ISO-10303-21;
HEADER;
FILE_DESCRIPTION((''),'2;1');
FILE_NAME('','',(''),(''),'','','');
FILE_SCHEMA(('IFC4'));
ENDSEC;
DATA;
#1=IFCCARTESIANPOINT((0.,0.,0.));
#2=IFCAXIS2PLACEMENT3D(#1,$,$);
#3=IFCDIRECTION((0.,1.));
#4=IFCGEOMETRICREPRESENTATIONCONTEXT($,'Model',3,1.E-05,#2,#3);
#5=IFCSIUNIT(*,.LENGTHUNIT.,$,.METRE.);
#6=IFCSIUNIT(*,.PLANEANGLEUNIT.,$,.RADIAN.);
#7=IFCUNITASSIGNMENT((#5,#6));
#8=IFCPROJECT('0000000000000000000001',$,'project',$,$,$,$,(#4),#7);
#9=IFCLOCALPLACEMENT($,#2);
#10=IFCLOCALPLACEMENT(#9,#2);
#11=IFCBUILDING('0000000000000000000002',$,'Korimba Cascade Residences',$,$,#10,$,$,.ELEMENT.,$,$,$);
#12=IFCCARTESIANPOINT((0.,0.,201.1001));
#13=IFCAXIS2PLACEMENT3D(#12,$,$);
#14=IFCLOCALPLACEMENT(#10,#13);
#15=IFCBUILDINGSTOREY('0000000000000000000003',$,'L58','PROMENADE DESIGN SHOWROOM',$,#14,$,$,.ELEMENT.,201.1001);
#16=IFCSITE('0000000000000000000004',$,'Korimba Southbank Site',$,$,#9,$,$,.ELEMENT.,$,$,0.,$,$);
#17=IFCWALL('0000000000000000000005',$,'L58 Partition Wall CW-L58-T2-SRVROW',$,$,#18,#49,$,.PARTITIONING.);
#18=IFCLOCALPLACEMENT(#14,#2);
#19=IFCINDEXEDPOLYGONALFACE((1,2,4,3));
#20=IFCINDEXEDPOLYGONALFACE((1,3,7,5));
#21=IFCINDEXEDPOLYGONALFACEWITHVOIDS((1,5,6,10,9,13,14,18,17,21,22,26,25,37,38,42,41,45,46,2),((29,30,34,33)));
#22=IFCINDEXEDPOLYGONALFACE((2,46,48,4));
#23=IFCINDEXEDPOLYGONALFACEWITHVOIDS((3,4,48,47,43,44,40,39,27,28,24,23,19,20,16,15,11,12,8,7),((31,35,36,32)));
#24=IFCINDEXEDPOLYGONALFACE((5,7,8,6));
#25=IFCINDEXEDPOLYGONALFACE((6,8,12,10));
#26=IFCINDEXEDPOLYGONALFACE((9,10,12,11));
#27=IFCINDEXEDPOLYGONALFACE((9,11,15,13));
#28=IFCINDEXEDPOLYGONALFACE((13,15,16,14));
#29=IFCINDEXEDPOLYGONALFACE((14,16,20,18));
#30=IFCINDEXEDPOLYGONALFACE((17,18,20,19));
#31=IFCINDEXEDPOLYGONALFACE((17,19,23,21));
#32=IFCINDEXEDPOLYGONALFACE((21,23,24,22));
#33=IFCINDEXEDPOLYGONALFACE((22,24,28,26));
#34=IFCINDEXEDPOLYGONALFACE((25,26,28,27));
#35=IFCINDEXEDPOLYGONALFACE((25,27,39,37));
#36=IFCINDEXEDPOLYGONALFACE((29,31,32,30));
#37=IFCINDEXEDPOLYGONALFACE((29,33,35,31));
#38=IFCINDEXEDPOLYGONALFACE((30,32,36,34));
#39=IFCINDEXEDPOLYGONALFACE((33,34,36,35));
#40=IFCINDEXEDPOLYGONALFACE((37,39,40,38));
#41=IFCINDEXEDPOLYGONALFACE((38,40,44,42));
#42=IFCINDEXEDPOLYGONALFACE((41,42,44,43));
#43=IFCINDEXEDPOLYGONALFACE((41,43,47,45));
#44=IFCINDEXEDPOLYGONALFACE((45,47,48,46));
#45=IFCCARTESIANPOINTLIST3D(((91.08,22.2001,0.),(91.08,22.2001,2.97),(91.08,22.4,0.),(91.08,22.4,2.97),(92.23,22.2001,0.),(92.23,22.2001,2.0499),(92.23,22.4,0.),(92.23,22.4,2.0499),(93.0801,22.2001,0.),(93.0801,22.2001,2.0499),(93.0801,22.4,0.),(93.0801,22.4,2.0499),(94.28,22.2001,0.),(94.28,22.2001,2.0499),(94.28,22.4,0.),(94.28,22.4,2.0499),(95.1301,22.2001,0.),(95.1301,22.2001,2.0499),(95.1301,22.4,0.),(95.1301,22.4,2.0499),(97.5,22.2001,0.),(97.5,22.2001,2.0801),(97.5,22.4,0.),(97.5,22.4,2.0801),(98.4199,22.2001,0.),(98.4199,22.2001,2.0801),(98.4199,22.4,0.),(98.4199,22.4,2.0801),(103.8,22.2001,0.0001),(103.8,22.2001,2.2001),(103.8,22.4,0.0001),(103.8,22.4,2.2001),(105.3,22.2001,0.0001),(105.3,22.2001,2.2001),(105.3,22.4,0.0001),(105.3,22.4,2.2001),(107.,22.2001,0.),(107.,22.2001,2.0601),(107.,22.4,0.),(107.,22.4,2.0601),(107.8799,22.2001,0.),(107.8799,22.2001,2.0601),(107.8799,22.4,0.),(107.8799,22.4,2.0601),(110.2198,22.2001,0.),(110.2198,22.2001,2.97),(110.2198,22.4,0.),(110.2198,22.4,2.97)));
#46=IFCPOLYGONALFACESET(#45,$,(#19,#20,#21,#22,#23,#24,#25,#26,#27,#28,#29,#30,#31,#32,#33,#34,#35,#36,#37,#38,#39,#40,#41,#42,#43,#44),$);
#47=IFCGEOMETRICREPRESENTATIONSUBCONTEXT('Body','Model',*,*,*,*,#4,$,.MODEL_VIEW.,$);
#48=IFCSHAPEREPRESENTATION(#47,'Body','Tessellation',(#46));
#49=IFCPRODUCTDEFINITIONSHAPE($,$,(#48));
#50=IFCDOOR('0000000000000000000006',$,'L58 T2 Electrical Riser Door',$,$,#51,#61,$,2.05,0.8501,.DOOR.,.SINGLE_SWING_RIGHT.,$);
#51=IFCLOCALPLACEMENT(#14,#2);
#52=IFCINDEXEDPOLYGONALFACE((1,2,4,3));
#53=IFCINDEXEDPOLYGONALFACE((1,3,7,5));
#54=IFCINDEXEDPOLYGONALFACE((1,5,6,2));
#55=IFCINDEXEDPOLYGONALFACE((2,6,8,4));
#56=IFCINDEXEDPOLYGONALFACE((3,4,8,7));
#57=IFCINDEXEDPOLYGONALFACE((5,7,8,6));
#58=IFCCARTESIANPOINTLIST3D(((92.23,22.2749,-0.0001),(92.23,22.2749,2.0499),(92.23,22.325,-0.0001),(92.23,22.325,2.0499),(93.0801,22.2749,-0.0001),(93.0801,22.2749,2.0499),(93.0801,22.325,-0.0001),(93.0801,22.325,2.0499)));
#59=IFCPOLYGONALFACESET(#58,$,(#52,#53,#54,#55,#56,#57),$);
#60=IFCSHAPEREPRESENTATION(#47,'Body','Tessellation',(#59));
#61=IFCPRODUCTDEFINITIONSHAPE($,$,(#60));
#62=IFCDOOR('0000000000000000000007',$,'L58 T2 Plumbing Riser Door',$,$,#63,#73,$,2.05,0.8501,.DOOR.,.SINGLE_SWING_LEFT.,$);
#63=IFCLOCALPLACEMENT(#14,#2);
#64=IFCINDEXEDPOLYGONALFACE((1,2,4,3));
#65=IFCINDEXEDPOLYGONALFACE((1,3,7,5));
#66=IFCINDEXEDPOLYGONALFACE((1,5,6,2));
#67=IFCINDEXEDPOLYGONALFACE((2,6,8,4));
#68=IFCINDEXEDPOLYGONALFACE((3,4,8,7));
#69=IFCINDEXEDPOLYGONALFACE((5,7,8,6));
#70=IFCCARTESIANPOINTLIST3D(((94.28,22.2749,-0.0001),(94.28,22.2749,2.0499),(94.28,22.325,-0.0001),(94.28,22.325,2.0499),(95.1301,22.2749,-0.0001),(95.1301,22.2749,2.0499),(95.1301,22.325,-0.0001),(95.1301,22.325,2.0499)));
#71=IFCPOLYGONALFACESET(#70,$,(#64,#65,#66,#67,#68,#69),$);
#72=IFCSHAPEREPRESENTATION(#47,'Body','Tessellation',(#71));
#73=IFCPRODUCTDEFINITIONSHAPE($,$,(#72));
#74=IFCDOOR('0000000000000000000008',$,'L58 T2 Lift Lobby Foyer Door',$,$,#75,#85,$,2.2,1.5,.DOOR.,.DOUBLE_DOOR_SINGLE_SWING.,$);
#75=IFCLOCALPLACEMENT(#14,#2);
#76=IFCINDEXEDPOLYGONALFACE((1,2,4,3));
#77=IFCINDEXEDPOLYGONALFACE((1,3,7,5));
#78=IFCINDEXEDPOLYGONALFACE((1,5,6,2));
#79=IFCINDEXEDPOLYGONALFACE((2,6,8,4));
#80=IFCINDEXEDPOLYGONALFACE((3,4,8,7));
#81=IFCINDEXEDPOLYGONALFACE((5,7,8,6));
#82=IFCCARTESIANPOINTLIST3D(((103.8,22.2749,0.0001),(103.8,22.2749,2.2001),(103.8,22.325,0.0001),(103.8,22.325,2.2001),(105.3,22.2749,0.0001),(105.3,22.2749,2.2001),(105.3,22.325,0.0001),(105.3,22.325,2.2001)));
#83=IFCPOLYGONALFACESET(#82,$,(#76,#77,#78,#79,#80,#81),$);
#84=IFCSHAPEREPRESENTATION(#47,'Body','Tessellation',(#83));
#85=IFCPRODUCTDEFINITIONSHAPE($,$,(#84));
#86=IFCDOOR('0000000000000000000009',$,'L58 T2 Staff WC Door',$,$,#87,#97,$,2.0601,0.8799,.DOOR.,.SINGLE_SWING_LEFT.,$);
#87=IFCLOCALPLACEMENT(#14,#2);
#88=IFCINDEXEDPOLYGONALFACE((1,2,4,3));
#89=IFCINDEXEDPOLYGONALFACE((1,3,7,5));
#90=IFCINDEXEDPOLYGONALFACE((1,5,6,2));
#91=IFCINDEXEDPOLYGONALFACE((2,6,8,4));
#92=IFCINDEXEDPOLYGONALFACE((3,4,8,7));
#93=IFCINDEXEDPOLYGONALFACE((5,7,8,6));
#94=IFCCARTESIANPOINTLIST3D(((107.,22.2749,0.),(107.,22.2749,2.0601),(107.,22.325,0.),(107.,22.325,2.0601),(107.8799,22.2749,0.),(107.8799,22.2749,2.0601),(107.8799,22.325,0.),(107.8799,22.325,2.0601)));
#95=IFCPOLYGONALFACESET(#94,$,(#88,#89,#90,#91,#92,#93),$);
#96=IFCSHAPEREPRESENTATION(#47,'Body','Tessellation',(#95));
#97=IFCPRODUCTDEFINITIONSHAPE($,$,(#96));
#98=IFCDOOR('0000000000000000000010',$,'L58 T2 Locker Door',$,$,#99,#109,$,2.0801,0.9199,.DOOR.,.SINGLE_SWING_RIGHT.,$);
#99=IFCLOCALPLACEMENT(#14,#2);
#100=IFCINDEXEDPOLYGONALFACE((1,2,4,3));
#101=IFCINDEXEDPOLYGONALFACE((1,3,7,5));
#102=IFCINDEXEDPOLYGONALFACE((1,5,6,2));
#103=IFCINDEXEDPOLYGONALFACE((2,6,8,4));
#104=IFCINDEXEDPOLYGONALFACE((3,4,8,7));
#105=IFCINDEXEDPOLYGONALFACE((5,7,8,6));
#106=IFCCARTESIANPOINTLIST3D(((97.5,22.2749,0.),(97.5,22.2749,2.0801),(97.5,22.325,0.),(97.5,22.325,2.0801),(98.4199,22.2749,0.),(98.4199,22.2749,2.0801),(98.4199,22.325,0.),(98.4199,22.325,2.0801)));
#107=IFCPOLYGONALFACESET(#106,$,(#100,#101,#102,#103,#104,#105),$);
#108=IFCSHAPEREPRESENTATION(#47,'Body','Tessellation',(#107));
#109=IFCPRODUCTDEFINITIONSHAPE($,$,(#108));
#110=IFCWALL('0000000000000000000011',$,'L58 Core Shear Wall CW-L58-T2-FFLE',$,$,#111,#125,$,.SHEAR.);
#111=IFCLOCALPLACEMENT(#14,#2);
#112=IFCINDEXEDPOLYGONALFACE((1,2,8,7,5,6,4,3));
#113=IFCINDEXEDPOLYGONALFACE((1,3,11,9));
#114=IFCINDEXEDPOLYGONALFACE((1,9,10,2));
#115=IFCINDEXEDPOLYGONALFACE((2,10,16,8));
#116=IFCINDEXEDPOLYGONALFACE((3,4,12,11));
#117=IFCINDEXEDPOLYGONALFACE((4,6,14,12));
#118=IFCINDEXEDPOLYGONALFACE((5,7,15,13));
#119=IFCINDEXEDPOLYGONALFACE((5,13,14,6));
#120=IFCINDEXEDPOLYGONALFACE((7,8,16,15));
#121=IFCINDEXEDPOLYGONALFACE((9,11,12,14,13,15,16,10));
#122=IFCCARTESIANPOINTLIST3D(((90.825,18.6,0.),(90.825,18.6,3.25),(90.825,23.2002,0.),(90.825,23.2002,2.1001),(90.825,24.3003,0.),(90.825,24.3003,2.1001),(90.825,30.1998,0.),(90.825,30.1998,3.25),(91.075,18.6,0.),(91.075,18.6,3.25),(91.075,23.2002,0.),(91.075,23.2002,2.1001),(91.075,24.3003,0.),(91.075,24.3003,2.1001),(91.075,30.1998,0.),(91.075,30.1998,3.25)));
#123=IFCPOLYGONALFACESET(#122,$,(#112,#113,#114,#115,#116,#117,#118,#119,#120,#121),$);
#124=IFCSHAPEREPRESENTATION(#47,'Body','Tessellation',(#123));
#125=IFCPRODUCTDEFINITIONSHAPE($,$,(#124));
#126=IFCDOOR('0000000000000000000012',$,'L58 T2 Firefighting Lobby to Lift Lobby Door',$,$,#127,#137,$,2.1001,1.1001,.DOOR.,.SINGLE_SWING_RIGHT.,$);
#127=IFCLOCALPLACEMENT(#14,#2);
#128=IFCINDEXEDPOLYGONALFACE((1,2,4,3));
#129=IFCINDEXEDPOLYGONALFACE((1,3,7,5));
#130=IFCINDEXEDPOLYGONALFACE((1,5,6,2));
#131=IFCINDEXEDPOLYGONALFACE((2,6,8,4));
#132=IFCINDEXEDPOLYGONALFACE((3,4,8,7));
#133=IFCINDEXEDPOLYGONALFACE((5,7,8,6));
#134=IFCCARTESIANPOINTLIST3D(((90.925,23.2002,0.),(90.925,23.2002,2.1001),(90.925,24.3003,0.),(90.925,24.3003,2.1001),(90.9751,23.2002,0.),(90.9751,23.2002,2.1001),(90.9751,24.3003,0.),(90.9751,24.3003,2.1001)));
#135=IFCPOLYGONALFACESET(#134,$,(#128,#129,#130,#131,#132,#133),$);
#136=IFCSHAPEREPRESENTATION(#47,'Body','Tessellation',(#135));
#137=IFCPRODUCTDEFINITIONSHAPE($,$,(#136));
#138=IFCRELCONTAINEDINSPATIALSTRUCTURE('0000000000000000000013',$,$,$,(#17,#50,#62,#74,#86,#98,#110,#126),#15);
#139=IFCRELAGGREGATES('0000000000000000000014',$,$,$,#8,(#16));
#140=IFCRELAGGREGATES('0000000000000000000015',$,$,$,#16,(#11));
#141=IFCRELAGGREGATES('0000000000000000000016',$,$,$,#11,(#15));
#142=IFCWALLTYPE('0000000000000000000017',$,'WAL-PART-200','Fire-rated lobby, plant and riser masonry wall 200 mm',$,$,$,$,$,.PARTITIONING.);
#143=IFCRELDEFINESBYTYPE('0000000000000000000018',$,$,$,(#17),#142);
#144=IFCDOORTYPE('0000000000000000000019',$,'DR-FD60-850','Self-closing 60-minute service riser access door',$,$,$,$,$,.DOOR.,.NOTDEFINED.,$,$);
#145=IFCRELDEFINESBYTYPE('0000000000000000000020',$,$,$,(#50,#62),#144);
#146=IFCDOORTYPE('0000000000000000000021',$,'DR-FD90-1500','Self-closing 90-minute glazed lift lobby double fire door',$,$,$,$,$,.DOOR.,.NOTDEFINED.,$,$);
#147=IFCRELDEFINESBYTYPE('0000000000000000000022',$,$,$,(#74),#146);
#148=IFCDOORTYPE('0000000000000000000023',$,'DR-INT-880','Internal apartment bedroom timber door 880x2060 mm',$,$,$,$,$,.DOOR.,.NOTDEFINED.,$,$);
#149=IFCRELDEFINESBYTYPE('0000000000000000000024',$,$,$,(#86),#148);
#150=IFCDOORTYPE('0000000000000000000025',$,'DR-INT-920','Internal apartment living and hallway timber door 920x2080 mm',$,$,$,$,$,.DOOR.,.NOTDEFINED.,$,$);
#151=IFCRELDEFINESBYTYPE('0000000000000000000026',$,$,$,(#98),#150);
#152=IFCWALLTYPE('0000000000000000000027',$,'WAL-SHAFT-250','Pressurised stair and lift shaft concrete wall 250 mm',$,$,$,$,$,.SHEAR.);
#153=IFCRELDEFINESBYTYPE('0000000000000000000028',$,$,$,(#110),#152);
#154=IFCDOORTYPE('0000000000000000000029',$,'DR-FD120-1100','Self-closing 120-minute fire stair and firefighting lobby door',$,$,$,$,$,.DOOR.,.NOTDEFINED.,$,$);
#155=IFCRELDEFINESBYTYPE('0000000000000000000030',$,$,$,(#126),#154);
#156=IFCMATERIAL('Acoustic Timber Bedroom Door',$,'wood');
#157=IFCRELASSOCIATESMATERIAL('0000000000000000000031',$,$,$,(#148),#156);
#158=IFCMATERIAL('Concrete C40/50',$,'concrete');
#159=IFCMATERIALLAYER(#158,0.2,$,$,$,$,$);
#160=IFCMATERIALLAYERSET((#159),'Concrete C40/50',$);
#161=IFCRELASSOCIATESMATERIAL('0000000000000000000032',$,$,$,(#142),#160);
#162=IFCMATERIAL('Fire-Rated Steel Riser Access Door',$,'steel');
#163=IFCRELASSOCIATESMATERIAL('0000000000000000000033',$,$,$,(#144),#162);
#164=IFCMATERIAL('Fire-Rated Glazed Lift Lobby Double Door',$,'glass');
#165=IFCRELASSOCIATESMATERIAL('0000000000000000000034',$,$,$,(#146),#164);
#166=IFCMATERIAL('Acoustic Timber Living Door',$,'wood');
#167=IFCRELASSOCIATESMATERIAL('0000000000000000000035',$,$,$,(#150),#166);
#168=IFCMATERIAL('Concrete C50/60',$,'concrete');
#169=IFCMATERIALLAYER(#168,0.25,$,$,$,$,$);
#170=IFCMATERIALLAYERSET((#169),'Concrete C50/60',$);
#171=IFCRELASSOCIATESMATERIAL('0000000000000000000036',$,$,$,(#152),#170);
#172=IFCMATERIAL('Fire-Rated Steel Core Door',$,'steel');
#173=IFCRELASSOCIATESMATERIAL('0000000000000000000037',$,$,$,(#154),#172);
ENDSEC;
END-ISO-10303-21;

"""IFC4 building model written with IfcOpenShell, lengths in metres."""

from ifc_helpers import new_model, si_unit, direction, frame, frame_2d, origin, place, context, subcontext, project, spatial, rectangle, extrude, material, layer, layer_set, type_object, element, fill, save


model = new_model("IFC4")

# Units and contexts
model_context = context("Model", 3, precision=1e-05, world=origin(), true_north=direction((0.0, 1.0)))
body_context = subcontext(model_context, "Body", "Model", "MODEL_VIEW")
ifc_project = project(units=[si_unit("LENGTHUNIT", "METRE"), si_unit("PLANEANGLEUNIT", "RADIAN")], contexts=[model_context])

# Site, building, storey
site_placement = place(None, origin())
site = spatial("IfcSite", under=ifc_project, at=site_placement, Name="Korimba Southbank Site", CompositionType="ELEMENT", RefElevation=0.0)
building_placement = place(site_placement, origin())
building = spatial("IfcBuilding", under=site, at=building_placement, Name="Korimba Cascade Residences", CompositionType="ELEMENT")
storey_placement = place(building_placement, frame((0.0, 0.0, 201.1001)))
storey = spatial("IfcBuildingStorey", under=building, at=storey_placement, Name="L58", Description="PROMENADE DESIGN SHOWROOM", CompositionType="ELEMENT", Elevation=201.1001)

# Shared definitions
ifc_material_1 = material(Name="Concrete C50/60", Category="concrete")

# Shared definitions
ifc_material_2 = material(Name="Acoustic Timber Bedroom Door", Category="wood")
door_type_1 = type_object("IfcDoorType", Name="DR-INT-880", Description="Internal apartment bedroom timber door 880x2060 mm", OperationType="NOTDEFINED", PredefinedType="DOOR", material=ifc_material_2)
ifc_material_3 = material(Name="Concrete C40/50", Category="concrete")
ifc_layer_1 = layer(ifc_material_3, 0.2)
ifc_layer_set_1 = layer_set([ifc_layer_1], Name="Concrete C40/50")
wall_type_1 = type_object("IfcWallType", Name="WAL-PART-200", Description="Fire-rated lobby, plant and riser masonry wall 200 mm", PredefinedType="PARTITIONING", material=ifc_layer_set_1)

# Wall, openings, doors
wall_1_placement = place(storey_placement, frame((91.0801, 22.3, 0.0), z_axis=(0.0, 0.0, 1.0), x_axis=(1.0, 0.0, 0.0)))
wall_1 = element("IfcWall", 1, at=wall_1_placement, inside=storey, type_object=wall_type_1, Name="L58 Partition Wall CW-L58-T2-SRVROW", PredefinedType="PARTITIONING", context=body_context, shape_type="SweptSolid", body=[
    extrude(rectangle(XDim=19.1399, YDim=0.2, at=frame_2d((9.5698, 0.0))), origin(), (0.0, 0.0, 1.0), 2.97),
])
opening_1_placement = place(wall_1_placement, frame((1.1499, 0.0, 0.0)))
opening_1 = element("IfcOpeningElement", 2, at=opening_1_placement, cuts=wall_1, PredefinedType="OPENING", context=body_context, shape_type="SweptSolid", body=[
    extrude(rectangle(XDim=0.8501, YDim=2.05, at=frame_2d((0.425, 1.0249))), frame((0.0, 0.1099, 0.0), z_axis=(0.0, -1.0, 0.0), x_axis=(1.0, 0.0, 0.0)), (0.0, 0.0, 1.0), 0.22),
])
opening_2_placement = place(wall_1_placement, frame((3.2, 0.0, 0.0)))
opening_2 = element("IfcOpeningElement", 3, at=opening_2_placement, cuts=wall_1, PredefinedType="OPENING", context=body_context, shape_type="SweptSolid", body=[
    extrude(rectangle(XDim=0.8501, YDim=2.05, at=frame_2d((0.425, 1.0249))), frame((0.0, 0.1099, 0.0), z_axis=(0.0, -1.0, 0.0), x_axis=(1.0, 0.0, 0.0)), (0.0, 0.0, 1.0), 0.22),
])
opening_3_placement = place(wall_1_placement, frame((12.72, 0.0, 0.0)))
opening_3 = element("IfcOpeningElement", 4, at=opening_3_placement, cuts=wall_1, PredefinedType="OPENING", context=body_context, shape_type="SweptSolid", body=[
    extrude(rectangle(XDim=1.5, YDim=2.2, at=frame_2d((0.75, 1.1001))), frame((0.0, 0.1099, 0.0), z_axis=(0.0, -1.0, 0.0), x_axis=(1.0, 0.0, 0.0)), (0.0, 0.0, 1.0), 0.22),
])
opening_4_placement = place(wall_1_placement, frame((6.4199, 0.0, 0.0)))
opening_4 = element("IfcOpeningElement", 5, at=opening_4_placement, cuts=wall_1, PredefinedType="OPENING", context=body_context, shape_type="SweptSolid", body=[
    extrude(rectangle(XDim=0.9199, YDim=2.0801, at=frame_2d((0.46, 1.04))), frame((0.0, 0.1099, 0.0), z_axis=(0.0, -1.0, 0.0), x_axis=(1.0, 0.0, 0.0)), (0.0, 0.0, 1.0), 0.22),
])
opening_5_placement = place(wall_1_placement, frame((15.9199, 0.0, 0.0)))
opening_5 = element("IfcOpeningElement", 6, at=opening_5_placement, cuts=wall_1, PredefinedType="OPENING", context=body_context, shape_type="SweptSolid", body=[
    extrude(rectangle(XDim=0.8799, YDim=2.0601, at=frame_2d((0.4399, 1.03))), frame((0.0, 0.1099, 0.0), z_axis=(0.0, -1.0, 0.0), x_axis=(1.0, 0.0, 0.0)), (0.0, 0.0, 1.0), 0.22),
])
ifc_material_4 = material(Name="Fire-Rated Steel Riser Access Door", Category="steel")
door_type_2 = type_object("IfcDoorType", Name="DR-FD60-850", Description="Self-closing 60-minute service riser access door", OperationType="NOTDEFINED", PredefinedType="DOOR", material=ifc_material_4)
door_1_placement = place(opening_1_placement, origin())
door_1 = element("IfcDoor", 7, at=door_1_placement, inside=storey, type_object=door_type_2, Name="L58 T2 Electrical Riser Door", OperationType="SINGLE_SWING_RIGHT", OverallHeight=2.05, OverallWidth=0.8501, PredefinedType="DOOR", context=body_context, shape_type="SweptSolid", body=[
    extrude(rectangle(XDim=0.8501, YDim=2.05, at=frame_2d((0.425, 1.0249))), frame((0.0, 0.0249, 0.0), z_axis=(0.0, -1.0, 0.0), x_axis=(1.0, 0.0, 0.0)), (0.0, 0.0, 1.0), 0.05),
])
fill(opening_1, door_1)
door_2_placement = place(opening_2_placement, origin())
door_2 = element("IfcDoor", 8, at=door_2_placement, inside=storey, type_object=door_type_2, Name="L58 T2 Plumbing Riser Door", OperationType="SINGLE_SWING_LEFT", OverallHeight=2.05, OverallWidth=0.8501, PredefinedType="DOOR", context=body_context, shape_type="SweptSolid", body=[
    extrude(rectangle(XDim=0.8501, YDim=2.05, at=frame_2d((0.425, 1.0249))), frame((0.0, 0.0249, 0.0), z_axis=(0.0, -1.0, 0.0), x_axis=(1.0, 0.0, 0.0)), (0.0, 0.0, 1.0), 0.05),
])
fill(opening_2, door_2)
ifc_material_5 = material(Name="Fire-Rated Glazed Lift Lobby Double Door", Category="glass")
door_type_3 = type_object("IfcDoorType", Name="DR-FD90-1500", Description="Self-closing 90-minute glazed lift lobby double fire door", OperationType="NOTDEFINED", PredefinedType="DOOR", material=ifc_material_5)
door_3_placement = place(opening_3_placement, origin())
door_3 = element("IfcDoor", 9, at=door_3_placement, inside=storey, type_object=door_type_3, Name="L58 T2 Lift Lobby Foyer Door", OperationType="DOUBLE_DOOR_SINGLE_SWING", OverallHeight=2.2, OverallWidth=1.5, PredefinedType="DOOR", context=body_context, shape_type="SweptSolid", body=[
    extrude(rectangle(XDim=1.5, YDim=2.2, at=frame_2d((0.75, 1.1001))), frame((0.0, 0.0249, 0.0), z_axis=(0.0, -1.0, 0.0), x_axis=(1.0, 0.0, 0.0)), (0.0, 0.0, 1.0), 0.05),
])
fill(opening_3, door_3)
door_4_placement = place(opening_5_placement, origin())
door_4 = element("IfcDoor", 10, at=door_4_placement, inside=storey, type_object=door_type_1, Name="L58 T2 Staff WC Door", OperationType="SINGLE_SWING_LEFT", OverallHeight=2.0601, OverallWidth=0.8799, PredefinedType="DOOR", context=body_context, shape_type="SweptSolid", body=[
    extrude(rectangle(XDim=0.8799, YDim=2.0601, at=frame_2d((0.4399, 1.03))), frame((0.0, 0.0249, 0.0), z_axis=(0.0, -1.0, 0.0), x_axis=(1.0, 0.0, 0.0)), (0.0, 0.0, 1.0), 0.05),
])
fill(opening_5, door_4)
ifc_material_6 = material(Name="Acoustic Timber Living Door", Category="wood")
door_type_4 = type_object("IfcDoorType", Name="DR-INT-920", Description="Internal apartment living and hallway timber door 920x2080 mm", OperationType="NOTDEFINED", PredefinedType="DOOR", material=ifc_material_6)
door_5_placement = place(opening_4_placement, origin())
door_5 = element("IfcDoor", 11, at=door_5_placement, inside=storey, type_object=door_type_4, Name="L58 T2 Locker Door", OperationType="SINGLE_SWING_RIGHT", OverallHeight=2.0801, OverallWidth=0.9199, PredefinedType="DOOR", context=body_context, shape_type="SweptSolid", body=[
    extrude(rectangle(XDim=0.9199, YDim=2.0801, at=frame_2d((0.46, 1.04))), frame((0.0, 0.0249, 0.0), z_axis=(0.0, -1.0, 0.0), x_axis=(1.0, 0.0, 0.0)), (0.0, 0.0, 1.0), 0.05),
])
fill(opening_4, door_5)

# Wall, opening, door
ifc_layer_2 = layer(ifc_material_1, 0.25)
ifc_layer_set_2 = layer_set([ifc_layer_2], Name="Concrete C50/60")
wall_type_2 = type_object("IfcWallType", Name="WAL-SHAFT-250", Description="Pressurised stair and lift shaft concrete wall 250 mm", PredefinedType="SHEAR", material=ifc_layer_set_2)
wall_2_placement = place(storey_placement, frame((90.95, 18.6001, 0.0), z_axis=(0.0, 0.0, 1.0), x_axis=(0.0, 1.0, 0.0)))
wall_2 = element("IfcWall", 12, at=wall_2_placement, inside=storey, type_object=wall_type_2, Name="L58 Core Shear Wall CW-L58-T2-FFLE", PredefinedType="SHEAR", context=body_context, shape_type="SweptSolid", body=[
    extrude(rectangle(XDim=11.5999, YDim=0.25, at=frame_2d((5.7998, 0.0))), origin(), (0.0, 0.0, 1.0), 3.25),
])
opening_6_placement = place(wall_2_placement, frame((4.6001, 0.0, 0.0)))
opening_6 = element("IfcOpeningElement", 13, at=opening_6_placement, cuts=wall_2, PredefinedType="OPENING", context=body_context, shape_type="SweptSolid", body=[
    extrude(rectangle(XDim=1.1001, YDim=2.1001, at=frame_2d((0.55, 1.05))), frame((0.0, 0.135, 0.0), z_axis=(0.0, -1.0, 0.0), x_axis=(1.0, 0.0, 0.0)), (0.0, 0.0, 1.0), 0.27),
])
ifc_material_7 = material(Name="Fire-Rated Steel Core Door", Category="steel")
door_type_5 = type_object("IfcDoorType", Name="DR-FD120-1100", Description="Self-closing 120-minute fire stair and firefighting lobby door", OperationType="NOTDEFINED", PredefinedType="DOOR", material=ifc_material_7)
door_6_placement = place(opening_6_placement, origin())
door_6 = element("IfcDoor", 14, at=door_6_placement, inside=storey, type_object=door_type_5, Name="L58 T2 Firefighting Lobby to Lift Lobby Door", OperationType="SINGLE_SWING_RIGHT", OverallHeight=2.1001, OverallWidth=1.1001, PredefinedType="DOOR", context=body_context, shape_type="SweptSolid", body=[
    extrude(rectangle(XDim=1.1001, YDim=2.1001, at=frame_2d((0.55, 1.05))), frame((0.0, 0.0249, 0.0), z_axis=(0.0, -1.0, 0.0), x_axis=(1.0, 0.0, 0.0)), (0.0, 0.0, 1.0), 0.05),
])
fill(opening_6, door_6)

save(model, "model.ifc")
